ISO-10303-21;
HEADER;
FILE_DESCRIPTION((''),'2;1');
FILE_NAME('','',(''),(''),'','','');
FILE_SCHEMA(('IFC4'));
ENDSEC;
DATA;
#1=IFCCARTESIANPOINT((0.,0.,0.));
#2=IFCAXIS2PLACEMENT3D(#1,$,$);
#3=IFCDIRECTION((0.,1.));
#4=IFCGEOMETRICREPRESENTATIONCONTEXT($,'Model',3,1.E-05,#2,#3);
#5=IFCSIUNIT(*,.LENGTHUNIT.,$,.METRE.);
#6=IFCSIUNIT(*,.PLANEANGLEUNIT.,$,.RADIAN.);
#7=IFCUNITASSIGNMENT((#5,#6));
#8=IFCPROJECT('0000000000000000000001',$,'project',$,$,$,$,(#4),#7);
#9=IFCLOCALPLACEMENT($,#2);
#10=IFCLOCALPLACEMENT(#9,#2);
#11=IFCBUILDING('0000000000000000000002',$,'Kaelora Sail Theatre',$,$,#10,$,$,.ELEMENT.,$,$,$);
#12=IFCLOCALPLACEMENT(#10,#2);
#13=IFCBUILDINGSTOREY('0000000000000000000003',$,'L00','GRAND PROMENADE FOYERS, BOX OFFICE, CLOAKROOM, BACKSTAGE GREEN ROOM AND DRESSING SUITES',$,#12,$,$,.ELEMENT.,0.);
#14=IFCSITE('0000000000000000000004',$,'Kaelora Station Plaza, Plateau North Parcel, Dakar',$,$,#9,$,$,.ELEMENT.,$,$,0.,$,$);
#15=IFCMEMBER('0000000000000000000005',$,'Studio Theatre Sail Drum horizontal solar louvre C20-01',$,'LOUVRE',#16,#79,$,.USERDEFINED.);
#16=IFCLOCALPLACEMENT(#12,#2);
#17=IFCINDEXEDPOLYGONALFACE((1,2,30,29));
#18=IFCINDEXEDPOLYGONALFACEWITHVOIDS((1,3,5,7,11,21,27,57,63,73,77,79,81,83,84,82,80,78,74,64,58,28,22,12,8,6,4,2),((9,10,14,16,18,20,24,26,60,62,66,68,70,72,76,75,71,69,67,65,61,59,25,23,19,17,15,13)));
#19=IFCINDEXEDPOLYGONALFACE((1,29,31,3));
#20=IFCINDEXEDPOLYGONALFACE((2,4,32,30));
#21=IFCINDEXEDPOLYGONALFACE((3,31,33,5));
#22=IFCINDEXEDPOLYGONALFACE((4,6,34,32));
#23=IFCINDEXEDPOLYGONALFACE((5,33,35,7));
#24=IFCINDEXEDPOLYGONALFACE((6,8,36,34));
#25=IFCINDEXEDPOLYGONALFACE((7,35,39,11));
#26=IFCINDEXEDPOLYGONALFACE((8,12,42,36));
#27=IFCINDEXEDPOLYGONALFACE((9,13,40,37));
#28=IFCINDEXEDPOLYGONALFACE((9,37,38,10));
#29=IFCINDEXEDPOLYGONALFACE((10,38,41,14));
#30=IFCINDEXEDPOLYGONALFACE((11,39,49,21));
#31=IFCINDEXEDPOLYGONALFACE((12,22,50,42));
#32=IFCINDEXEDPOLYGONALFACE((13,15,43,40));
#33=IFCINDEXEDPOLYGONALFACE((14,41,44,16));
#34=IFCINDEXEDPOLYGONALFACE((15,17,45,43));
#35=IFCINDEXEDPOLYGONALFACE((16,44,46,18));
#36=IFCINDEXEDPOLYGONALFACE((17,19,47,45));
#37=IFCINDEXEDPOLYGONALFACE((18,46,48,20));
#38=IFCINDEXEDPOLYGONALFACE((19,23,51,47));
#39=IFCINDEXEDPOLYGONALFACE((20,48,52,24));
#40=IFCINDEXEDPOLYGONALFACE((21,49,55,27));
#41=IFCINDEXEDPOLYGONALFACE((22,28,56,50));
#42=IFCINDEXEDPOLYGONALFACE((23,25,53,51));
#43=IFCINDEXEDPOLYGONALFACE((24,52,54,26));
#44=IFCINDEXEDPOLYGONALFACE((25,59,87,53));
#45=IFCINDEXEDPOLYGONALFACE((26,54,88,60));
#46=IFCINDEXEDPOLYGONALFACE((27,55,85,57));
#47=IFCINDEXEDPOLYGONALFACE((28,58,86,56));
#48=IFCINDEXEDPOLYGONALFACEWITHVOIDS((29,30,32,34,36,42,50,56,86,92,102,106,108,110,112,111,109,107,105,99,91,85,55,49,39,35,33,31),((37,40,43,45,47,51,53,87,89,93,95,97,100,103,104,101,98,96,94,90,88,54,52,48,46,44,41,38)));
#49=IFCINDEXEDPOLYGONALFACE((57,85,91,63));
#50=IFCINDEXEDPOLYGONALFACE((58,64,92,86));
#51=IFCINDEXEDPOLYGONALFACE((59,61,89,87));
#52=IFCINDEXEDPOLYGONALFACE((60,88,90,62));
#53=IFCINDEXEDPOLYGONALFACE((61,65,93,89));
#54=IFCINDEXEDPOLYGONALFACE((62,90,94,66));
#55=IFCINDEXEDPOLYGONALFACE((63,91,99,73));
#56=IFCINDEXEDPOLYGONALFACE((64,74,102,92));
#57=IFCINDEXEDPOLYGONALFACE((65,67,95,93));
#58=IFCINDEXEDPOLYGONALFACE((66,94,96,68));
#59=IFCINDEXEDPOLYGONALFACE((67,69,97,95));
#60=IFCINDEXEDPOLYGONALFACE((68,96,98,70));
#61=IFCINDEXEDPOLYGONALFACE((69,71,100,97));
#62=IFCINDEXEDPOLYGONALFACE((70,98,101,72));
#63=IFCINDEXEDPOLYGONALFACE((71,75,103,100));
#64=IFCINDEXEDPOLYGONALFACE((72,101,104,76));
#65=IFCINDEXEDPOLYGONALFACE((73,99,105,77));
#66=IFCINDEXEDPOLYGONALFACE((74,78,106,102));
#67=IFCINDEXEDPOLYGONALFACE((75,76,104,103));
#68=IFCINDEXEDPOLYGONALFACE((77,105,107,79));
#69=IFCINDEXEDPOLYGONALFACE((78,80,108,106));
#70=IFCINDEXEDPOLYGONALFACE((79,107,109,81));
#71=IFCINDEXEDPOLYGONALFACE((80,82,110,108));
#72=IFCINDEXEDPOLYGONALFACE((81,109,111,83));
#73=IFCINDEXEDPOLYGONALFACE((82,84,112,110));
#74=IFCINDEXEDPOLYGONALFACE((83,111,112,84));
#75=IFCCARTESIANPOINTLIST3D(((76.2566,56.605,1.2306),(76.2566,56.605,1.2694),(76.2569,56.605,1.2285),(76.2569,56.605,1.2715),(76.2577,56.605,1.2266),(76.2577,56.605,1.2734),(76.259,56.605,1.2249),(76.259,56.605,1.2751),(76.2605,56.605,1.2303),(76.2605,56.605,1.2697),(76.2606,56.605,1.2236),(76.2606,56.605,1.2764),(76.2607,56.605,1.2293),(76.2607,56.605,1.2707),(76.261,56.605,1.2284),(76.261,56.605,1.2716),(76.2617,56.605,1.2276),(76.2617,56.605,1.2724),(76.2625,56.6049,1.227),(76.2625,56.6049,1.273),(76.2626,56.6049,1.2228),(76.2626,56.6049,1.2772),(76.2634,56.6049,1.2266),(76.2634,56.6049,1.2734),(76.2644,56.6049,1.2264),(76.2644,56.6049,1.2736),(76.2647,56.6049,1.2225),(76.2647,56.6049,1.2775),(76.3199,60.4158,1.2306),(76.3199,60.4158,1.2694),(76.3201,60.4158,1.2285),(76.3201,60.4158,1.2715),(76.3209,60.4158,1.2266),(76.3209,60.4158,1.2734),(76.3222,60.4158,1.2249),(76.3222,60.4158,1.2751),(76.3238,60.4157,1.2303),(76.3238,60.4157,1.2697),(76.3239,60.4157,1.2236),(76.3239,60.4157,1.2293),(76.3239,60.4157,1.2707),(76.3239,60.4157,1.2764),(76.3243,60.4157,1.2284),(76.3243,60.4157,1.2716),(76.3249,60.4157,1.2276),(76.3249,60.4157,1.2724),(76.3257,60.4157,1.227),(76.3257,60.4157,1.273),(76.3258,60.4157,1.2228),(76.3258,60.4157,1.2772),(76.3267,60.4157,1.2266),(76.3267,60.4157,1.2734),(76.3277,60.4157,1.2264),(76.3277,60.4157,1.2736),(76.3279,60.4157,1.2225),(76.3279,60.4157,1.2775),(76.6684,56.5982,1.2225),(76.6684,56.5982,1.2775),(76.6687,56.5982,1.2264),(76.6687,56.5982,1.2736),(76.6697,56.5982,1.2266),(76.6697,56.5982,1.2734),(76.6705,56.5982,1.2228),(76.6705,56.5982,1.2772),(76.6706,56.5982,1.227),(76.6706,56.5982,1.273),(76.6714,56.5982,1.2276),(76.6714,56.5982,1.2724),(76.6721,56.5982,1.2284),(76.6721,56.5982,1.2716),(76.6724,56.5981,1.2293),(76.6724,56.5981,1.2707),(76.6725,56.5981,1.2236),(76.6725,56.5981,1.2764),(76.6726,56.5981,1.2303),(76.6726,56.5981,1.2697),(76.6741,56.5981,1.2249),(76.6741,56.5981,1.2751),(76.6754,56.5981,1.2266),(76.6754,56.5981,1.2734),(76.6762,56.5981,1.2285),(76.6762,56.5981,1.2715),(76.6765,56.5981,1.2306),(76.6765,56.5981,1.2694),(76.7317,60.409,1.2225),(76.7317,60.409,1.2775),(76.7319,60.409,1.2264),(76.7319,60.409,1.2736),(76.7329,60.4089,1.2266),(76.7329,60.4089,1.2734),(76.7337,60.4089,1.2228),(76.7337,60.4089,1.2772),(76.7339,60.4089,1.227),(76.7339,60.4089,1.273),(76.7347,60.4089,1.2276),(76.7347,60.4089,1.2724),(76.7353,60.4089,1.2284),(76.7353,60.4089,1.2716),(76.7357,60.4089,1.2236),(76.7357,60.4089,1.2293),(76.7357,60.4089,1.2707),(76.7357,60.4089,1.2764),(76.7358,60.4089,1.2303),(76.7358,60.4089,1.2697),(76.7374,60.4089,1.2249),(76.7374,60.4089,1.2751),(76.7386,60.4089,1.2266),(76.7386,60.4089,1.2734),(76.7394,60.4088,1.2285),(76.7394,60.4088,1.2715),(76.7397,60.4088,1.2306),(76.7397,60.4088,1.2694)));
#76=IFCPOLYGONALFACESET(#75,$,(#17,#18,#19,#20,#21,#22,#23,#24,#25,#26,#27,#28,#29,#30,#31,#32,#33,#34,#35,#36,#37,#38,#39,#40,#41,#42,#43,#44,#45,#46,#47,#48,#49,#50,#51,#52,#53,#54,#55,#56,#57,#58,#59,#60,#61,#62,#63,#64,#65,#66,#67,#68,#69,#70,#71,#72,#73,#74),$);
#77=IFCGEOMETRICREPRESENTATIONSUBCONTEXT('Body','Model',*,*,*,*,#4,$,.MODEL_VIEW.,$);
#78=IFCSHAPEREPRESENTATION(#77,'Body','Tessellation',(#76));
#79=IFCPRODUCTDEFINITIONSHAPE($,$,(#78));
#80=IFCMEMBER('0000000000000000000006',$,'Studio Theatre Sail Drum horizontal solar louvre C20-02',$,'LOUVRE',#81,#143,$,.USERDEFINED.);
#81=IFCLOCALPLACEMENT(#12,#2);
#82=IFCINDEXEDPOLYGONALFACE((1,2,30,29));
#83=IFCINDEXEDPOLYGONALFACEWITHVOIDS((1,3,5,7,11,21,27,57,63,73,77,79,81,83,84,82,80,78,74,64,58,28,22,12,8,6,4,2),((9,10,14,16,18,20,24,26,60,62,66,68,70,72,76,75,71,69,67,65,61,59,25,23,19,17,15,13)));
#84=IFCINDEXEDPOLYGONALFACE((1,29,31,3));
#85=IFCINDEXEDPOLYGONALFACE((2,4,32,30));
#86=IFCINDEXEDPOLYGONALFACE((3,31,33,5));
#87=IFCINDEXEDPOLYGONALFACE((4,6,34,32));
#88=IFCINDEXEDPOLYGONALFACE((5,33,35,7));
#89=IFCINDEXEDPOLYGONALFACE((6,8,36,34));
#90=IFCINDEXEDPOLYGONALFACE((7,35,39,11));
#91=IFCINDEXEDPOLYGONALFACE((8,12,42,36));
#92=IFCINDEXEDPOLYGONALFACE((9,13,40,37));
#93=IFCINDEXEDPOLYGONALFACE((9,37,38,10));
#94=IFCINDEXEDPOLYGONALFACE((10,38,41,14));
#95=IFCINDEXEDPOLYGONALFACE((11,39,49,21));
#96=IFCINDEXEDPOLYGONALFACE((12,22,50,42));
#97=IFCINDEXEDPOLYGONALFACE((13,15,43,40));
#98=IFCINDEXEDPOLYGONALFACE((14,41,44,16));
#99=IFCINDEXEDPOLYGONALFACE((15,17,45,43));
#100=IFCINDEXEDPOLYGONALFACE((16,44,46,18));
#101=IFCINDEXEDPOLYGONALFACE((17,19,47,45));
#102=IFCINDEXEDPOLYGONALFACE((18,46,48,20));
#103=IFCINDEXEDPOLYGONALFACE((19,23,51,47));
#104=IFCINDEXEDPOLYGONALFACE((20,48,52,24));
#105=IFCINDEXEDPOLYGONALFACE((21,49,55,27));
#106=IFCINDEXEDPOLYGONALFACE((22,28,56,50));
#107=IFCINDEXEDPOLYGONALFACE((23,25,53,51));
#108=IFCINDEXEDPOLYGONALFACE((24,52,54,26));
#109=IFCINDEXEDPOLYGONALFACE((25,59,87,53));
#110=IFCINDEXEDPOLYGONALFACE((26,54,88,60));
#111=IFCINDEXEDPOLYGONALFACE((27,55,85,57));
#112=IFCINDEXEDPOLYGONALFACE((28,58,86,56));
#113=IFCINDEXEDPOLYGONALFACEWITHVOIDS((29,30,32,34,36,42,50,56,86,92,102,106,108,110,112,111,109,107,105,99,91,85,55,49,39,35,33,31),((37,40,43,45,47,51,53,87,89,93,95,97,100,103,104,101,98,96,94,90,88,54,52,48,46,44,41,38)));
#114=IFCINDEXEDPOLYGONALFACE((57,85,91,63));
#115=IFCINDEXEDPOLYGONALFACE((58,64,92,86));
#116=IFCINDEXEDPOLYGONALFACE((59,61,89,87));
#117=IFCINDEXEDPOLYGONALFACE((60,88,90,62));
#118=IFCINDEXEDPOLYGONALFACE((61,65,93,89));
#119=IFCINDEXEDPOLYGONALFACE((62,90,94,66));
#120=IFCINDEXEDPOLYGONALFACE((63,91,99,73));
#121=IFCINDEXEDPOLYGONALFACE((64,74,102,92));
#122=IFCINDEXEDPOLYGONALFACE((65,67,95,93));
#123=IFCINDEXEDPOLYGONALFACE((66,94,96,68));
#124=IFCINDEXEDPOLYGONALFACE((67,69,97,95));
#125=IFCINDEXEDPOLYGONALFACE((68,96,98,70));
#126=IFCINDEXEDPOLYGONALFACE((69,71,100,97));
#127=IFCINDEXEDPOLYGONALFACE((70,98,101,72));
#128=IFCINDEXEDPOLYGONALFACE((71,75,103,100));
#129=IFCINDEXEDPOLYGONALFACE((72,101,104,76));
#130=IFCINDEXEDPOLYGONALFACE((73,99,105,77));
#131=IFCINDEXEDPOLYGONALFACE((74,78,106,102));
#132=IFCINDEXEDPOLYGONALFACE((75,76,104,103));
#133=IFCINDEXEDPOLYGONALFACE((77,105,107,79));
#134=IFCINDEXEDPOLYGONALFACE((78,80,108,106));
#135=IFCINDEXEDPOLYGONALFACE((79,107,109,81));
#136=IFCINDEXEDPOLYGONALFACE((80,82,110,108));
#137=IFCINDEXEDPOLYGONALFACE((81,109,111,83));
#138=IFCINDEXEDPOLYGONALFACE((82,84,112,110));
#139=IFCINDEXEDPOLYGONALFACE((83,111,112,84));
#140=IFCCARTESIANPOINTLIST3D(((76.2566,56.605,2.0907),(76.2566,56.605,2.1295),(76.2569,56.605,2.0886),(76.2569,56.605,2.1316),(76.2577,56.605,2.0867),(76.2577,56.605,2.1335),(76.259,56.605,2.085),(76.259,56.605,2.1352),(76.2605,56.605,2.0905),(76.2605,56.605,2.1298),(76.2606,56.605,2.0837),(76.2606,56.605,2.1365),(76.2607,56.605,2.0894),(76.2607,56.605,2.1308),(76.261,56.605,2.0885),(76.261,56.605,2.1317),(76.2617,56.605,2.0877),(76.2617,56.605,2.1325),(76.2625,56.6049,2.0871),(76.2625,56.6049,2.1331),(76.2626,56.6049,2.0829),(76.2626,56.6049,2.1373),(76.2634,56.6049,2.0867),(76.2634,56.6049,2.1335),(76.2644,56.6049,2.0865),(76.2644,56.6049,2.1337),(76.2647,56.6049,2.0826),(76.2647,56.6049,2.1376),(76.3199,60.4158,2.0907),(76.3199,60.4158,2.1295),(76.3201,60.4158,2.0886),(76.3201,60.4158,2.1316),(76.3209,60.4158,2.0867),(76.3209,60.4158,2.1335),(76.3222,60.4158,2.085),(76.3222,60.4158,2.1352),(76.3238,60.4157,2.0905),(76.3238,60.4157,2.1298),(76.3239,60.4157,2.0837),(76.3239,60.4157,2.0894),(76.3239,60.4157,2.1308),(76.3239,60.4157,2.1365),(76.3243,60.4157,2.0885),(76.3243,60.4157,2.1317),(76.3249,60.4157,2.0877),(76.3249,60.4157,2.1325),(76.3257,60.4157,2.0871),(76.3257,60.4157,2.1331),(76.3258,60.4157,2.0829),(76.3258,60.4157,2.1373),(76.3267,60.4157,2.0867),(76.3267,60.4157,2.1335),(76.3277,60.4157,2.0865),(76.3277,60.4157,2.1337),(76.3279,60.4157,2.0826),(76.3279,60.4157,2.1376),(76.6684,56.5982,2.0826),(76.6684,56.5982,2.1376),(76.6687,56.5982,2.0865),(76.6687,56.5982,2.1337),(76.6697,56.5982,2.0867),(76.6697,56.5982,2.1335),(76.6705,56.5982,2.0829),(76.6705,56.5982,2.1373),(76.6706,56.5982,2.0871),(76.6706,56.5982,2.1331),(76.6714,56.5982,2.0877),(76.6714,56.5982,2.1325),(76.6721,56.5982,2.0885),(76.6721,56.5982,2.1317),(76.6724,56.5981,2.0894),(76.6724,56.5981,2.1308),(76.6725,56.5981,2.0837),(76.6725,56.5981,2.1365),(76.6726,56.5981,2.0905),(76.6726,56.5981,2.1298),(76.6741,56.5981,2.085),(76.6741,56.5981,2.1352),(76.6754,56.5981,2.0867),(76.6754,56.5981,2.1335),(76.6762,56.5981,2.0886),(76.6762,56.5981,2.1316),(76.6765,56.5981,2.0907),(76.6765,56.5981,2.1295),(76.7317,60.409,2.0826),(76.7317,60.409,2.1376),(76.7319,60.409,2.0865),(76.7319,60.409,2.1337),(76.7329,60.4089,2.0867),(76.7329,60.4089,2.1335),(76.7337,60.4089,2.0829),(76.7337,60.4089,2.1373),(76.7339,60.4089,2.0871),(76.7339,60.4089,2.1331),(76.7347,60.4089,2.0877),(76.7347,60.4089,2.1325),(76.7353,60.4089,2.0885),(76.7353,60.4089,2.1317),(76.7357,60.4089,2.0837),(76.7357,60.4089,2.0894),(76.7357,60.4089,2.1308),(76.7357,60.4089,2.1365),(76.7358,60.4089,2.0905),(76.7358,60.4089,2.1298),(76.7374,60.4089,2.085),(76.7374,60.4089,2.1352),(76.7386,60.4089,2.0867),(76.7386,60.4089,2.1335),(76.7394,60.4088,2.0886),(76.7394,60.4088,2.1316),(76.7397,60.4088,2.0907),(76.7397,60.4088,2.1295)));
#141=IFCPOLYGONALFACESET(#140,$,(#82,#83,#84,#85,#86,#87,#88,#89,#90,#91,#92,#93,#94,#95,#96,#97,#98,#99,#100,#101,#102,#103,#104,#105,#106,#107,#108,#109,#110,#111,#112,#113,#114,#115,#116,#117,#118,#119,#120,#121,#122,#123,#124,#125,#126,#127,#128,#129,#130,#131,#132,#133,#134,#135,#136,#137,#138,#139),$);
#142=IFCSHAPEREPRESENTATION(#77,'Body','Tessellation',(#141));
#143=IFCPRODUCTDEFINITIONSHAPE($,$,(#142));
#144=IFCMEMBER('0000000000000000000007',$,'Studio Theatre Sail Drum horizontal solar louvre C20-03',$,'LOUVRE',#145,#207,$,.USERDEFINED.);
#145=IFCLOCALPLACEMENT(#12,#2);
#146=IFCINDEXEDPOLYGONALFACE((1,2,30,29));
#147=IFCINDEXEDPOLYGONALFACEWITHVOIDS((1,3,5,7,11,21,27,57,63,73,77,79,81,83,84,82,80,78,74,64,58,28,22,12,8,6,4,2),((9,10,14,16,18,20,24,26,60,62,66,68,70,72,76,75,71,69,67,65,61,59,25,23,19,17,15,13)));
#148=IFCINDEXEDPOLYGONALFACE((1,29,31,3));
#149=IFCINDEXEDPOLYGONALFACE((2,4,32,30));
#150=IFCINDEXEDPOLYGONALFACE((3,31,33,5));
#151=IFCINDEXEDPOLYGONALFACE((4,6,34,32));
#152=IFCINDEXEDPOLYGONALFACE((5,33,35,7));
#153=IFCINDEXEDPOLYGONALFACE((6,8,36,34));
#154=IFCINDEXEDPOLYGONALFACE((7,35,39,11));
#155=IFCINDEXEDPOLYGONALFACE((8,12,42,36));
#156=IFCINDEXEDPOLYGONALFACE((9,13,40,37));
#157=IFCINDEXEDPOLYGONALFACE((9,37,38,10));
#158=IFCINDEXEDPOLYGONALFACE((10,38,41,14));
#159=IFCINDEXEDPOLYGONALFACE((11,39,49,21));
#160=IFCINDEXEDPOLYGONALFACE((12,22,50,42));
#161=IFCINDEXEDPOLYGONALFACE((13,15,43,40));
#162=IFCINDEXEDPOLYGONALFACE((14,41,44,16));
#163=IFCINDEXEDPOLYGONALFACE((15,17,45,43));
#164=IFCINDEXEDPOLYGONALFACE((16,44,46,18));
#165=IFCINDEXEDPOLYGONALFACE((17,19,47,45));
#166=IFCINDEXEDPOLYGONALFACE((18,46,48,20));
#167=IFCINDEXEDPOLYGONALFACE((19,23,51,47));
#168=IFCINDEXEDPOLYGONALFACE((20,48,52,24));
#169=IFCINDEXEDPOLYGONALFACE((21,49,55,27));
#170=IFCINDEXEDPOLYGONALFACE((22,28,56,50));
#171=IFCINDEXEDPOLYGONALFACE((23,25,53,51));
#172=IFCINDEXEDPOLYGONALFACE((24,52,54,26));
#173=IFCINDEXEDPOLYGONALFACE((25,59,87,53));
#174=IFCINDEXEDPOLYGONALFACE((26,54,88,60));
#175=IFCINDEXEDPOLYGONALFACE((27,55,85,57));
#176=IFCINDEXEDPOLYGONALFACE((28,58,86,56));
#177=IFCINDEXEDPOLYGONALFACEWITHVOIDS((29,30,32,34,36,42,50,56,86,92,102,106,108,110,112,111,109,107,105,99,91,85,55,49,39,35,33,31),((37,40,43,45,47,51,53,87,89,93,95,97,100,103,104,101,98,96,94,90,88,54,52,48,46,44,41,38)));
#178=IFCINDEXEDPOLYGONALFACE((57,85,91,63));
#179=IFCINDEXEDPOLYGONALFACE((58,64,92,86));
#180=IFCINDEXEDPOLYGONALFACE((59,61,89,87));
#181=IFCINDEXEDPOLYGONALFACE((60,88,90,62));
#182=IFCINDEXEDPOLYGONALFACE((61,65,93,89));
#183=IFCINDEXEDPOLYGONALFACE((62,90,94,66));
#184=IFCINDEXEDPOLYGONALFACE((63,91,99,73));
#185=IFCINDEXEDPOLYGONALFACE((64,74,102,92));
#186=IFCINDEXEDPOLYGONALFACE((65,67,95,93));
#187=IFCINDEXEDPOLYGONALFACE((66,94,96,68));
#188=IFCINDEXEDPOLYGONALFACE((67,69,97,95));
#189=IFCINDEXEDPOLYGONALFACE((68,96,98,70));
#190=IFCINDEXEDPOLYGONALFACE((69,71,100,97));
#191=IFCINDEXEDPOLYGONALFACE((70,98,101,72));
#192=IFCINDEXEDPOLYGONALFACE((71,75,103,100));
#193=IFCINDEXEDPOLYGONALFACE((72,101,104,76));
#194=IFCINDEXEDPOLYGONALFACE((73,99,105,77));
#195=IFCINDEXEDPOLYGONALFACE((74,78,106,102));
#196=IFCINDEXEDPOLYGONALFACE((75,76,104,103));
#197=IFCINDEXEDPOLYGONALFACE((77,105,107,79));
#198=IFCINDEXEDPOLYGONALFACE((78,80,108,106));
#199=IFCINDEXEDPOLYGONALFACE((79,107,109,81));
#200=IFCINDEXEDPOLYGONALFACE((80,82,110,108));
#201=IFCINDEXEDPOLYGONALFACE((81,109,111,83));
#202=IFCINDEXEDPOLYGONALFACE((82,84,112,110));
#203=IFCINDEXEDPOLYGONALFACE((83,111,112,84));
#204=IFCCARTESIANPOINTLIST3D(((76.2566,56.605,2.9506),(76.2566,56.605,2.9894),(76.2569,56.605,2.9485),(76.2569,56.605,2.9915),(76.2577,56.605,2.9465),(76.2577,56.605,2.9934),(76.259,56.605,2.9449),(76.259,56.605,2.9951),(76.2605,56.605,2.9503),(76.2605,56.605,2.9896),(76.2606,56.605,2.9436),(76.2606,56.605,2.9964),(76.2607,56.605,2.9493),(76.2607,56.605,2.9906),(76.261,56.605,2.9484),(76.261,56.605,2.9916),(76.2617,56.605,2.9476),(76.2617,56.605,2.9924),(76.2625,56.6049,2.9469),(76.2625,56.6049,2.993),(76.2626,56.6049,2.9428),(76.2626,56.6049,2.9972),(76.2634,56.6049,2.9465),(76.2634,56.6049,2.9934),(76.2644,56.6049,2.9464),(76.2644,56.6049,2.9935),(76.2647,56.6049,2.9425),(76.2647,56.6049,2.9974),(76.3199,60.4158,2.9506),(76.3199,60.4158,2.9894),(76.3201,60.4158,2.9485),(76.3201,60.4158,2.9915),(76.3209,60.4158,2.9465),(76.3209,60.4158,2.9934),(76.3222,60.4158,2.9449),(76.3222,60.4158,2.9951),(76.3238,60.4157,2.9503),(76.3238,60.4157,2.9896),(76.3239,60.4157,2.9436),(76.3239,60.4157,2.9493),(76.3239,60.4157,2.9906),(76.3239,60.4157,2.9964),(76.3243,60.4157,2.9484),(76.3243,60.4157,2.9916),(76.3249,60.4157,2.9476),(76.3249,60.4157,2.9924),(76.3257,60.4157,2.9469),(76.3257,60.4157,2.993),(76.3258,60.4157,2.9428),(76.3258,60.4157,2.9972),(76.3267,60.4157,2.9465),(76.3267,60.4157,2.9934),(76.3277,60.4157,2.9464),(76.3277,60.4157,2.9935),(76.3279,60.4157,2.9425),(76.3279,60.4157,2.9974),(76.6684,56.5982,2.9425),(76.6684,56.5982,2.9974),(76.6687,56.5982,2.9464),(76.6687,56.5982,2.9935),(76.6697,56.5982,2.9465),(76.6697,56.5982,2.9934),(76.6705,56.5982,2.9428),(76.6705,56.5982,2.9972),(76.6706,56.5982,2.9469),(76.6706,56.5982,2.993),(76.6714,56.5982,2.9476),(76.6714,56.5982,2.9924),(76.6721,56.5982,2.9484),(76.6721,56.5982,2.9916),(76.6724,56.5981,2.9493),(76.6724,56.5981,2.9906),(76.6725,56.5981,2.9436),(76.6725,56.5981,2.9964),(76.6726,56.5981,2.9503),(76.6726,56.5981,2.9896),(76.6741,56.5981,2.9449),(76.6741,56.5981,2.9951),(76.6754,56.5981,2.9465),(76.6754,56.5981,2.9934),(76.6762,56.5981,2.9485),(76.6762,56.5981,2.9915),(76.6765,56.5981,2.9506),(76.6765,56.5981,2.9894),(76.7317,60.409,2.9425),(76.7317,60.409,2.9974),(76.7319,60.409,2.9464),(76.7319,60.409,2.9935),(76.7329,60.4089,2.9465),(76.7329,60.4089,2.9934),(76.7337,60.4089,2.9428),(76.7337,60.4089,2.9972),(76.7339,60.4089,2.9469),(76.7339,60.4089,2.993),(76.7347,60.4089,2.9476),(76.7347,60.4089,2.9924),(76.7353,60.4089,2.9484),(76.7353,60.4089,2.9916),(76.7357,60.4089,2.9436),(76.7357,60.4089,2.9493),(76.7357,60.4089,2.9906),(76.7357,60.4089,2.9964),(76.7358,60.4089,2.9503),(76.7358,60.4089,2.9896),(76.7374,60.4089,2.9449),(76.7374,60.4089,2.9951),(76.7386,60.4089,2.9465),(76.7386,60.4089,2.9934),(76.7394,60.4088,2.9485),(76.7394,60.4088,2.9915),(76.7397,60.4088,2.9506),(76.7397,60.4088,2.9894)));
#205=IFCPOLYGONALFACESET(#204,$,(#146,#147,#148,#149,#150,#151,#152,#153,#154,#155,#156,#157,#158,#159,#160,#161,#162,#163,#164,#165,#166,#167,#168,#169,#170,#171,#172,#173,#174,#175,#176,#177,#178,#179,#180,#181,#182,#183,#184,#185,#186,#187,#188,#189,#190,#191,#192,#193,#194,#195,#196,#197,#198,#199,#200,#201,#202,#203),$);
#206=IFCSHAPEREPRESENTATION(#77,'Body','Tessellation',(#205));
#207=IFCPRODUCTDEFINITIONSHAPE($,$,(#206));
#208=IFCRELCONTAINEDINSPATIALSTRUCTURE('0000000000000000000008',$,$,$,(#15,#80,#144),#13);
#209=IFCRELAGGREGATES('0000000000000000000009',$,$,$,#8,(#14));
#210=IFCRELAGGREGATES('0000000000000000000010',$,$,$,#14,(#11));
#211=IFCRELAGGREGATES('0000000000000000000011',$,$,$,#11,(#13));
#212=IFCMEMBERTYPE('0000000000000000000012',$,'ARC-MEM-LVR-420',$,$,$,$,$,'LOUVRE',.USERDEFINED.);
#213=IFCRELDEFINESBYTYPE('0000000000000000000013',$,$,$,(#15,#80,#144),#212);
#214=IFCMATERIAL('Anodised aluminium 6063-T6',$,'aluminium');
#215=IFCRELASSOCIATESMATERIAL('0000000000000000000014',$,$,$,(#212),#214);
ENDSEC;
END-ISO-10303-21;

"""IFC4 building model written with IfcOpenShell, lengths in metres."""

from ifc_helpers import new_model, si_unit, direction, frame, origin, origin_2d, place, context, subcontext, project, spatial, hollow_rectangle, extrude, material, material_profile, profile_set, type_object, element, save


model = new_model("IFC4")

# Units and contexts
model_context = context("Model", 3, precision=1e-05, world=origin(), true_north=direction((0.0, 1.0)))
body_context = subcontext(model_context, "Body", "Model", "MODEL_VIEW")
ifc_project = project(units=[si_unit("LENGTHUNIT", "METRE"), si_unit("PLANEANGLEUNIT", "RADIAN")], contexts=[model_context])

# Site, building, storey
site_placement = place(None, origin())
site = spatial("IfcSite", under=ifc_project, at=site_placement, Name="Kaelora Station Plaza, Plateau North Parcel, Dakar", CompositionType="ELEMENT", RefElevation=0.0)
building_placement = place(site_placement, origin())
building = spatial("IfcBuilding", under=site, at=building_placement, Name="Kaelora Sail Theatre", CompositionType="ELEMENT")
storey_placement = place(building_placement, origin())
storey = spatial("IfcBuildingStorey", under=building, at=storey_placement, Name="L00", Description="GRAND PROMENADE FOYERS, BOX OFFICE, CLOAKROOM, BACKSTAGE GREEN ROOM AND DRESSING SUITES", CompositionType="ELEMENT", Elevation=0.0)

# Members
ifc_material_1 = material(Name="Anodised aluminium 6063-T6", Category="aluminium")
ifc_material_profile_1 = material_profile(ifc_material_1, hollow_rectangle(XDim=0.4199, YDim=0.0549, WallThickness=0.0039, InnerFilletRadius=0.0039, OuterFilletRadius=0.0081, at=origin_2d()), Name="LOUVRE 420x55x4")
ifc_profile_set_1 = profile_set([ifc_material_profile_1], Name="Anodised aluminium 6063-T6")
member_type_1 = type_object("IfcMemberType", Name="ARC-MEM-LVR-420", ElementType="LOUVRE", PredefinedType="USERDEFINED", material=ifc_profile_set_1)
for number, where, z_axis, x_axis, name in (
    (1, (76.4666, 56.6016, 1.25), (0.016591, 0.999862, 0.0), (-0.999862, 0.016591, 0.0), "Studio Theatre Sail Drum horizontal solar louvre C20-01"),
    (2, (76.4666, 56.6016, 2.1101), (0.016591, 0.999862, 0.0), (-0.999862, 0.016591, 0.0), "Studio Theatre Sail Drum horizontal solar louvre C20-02"),
    (3, (76.4666, 56.6016, 2.97), (0.016591, 0.999862, 0.0), (-0.999862, 0.016591, 0.0), "Studio Theatre Sail Drum horizontal solar louvre C20-03"),
):
    element("IfcMember", number, at=place(storey_placement, frame(where, z_axis=z_axis, x_axis=x_axis)), inside=storey, type_object=member_type_1, Name=name, ObjectType="LOUVRE", PredefinedType="USERDEFINED", context=body_context, shape_type="SweptSolid", body=[
        extrude(hollow_rectangle(XDim=0.4199, YDim=0.0549, WallThickness=0.0039, InnerFilletRadius=0.0039, OuterFilletRadius=0.0081, at=origin_2d()), origin(), (0.0, 0.0, 1.0), 3.8113),
    ])

save(model, "model.ifc")
